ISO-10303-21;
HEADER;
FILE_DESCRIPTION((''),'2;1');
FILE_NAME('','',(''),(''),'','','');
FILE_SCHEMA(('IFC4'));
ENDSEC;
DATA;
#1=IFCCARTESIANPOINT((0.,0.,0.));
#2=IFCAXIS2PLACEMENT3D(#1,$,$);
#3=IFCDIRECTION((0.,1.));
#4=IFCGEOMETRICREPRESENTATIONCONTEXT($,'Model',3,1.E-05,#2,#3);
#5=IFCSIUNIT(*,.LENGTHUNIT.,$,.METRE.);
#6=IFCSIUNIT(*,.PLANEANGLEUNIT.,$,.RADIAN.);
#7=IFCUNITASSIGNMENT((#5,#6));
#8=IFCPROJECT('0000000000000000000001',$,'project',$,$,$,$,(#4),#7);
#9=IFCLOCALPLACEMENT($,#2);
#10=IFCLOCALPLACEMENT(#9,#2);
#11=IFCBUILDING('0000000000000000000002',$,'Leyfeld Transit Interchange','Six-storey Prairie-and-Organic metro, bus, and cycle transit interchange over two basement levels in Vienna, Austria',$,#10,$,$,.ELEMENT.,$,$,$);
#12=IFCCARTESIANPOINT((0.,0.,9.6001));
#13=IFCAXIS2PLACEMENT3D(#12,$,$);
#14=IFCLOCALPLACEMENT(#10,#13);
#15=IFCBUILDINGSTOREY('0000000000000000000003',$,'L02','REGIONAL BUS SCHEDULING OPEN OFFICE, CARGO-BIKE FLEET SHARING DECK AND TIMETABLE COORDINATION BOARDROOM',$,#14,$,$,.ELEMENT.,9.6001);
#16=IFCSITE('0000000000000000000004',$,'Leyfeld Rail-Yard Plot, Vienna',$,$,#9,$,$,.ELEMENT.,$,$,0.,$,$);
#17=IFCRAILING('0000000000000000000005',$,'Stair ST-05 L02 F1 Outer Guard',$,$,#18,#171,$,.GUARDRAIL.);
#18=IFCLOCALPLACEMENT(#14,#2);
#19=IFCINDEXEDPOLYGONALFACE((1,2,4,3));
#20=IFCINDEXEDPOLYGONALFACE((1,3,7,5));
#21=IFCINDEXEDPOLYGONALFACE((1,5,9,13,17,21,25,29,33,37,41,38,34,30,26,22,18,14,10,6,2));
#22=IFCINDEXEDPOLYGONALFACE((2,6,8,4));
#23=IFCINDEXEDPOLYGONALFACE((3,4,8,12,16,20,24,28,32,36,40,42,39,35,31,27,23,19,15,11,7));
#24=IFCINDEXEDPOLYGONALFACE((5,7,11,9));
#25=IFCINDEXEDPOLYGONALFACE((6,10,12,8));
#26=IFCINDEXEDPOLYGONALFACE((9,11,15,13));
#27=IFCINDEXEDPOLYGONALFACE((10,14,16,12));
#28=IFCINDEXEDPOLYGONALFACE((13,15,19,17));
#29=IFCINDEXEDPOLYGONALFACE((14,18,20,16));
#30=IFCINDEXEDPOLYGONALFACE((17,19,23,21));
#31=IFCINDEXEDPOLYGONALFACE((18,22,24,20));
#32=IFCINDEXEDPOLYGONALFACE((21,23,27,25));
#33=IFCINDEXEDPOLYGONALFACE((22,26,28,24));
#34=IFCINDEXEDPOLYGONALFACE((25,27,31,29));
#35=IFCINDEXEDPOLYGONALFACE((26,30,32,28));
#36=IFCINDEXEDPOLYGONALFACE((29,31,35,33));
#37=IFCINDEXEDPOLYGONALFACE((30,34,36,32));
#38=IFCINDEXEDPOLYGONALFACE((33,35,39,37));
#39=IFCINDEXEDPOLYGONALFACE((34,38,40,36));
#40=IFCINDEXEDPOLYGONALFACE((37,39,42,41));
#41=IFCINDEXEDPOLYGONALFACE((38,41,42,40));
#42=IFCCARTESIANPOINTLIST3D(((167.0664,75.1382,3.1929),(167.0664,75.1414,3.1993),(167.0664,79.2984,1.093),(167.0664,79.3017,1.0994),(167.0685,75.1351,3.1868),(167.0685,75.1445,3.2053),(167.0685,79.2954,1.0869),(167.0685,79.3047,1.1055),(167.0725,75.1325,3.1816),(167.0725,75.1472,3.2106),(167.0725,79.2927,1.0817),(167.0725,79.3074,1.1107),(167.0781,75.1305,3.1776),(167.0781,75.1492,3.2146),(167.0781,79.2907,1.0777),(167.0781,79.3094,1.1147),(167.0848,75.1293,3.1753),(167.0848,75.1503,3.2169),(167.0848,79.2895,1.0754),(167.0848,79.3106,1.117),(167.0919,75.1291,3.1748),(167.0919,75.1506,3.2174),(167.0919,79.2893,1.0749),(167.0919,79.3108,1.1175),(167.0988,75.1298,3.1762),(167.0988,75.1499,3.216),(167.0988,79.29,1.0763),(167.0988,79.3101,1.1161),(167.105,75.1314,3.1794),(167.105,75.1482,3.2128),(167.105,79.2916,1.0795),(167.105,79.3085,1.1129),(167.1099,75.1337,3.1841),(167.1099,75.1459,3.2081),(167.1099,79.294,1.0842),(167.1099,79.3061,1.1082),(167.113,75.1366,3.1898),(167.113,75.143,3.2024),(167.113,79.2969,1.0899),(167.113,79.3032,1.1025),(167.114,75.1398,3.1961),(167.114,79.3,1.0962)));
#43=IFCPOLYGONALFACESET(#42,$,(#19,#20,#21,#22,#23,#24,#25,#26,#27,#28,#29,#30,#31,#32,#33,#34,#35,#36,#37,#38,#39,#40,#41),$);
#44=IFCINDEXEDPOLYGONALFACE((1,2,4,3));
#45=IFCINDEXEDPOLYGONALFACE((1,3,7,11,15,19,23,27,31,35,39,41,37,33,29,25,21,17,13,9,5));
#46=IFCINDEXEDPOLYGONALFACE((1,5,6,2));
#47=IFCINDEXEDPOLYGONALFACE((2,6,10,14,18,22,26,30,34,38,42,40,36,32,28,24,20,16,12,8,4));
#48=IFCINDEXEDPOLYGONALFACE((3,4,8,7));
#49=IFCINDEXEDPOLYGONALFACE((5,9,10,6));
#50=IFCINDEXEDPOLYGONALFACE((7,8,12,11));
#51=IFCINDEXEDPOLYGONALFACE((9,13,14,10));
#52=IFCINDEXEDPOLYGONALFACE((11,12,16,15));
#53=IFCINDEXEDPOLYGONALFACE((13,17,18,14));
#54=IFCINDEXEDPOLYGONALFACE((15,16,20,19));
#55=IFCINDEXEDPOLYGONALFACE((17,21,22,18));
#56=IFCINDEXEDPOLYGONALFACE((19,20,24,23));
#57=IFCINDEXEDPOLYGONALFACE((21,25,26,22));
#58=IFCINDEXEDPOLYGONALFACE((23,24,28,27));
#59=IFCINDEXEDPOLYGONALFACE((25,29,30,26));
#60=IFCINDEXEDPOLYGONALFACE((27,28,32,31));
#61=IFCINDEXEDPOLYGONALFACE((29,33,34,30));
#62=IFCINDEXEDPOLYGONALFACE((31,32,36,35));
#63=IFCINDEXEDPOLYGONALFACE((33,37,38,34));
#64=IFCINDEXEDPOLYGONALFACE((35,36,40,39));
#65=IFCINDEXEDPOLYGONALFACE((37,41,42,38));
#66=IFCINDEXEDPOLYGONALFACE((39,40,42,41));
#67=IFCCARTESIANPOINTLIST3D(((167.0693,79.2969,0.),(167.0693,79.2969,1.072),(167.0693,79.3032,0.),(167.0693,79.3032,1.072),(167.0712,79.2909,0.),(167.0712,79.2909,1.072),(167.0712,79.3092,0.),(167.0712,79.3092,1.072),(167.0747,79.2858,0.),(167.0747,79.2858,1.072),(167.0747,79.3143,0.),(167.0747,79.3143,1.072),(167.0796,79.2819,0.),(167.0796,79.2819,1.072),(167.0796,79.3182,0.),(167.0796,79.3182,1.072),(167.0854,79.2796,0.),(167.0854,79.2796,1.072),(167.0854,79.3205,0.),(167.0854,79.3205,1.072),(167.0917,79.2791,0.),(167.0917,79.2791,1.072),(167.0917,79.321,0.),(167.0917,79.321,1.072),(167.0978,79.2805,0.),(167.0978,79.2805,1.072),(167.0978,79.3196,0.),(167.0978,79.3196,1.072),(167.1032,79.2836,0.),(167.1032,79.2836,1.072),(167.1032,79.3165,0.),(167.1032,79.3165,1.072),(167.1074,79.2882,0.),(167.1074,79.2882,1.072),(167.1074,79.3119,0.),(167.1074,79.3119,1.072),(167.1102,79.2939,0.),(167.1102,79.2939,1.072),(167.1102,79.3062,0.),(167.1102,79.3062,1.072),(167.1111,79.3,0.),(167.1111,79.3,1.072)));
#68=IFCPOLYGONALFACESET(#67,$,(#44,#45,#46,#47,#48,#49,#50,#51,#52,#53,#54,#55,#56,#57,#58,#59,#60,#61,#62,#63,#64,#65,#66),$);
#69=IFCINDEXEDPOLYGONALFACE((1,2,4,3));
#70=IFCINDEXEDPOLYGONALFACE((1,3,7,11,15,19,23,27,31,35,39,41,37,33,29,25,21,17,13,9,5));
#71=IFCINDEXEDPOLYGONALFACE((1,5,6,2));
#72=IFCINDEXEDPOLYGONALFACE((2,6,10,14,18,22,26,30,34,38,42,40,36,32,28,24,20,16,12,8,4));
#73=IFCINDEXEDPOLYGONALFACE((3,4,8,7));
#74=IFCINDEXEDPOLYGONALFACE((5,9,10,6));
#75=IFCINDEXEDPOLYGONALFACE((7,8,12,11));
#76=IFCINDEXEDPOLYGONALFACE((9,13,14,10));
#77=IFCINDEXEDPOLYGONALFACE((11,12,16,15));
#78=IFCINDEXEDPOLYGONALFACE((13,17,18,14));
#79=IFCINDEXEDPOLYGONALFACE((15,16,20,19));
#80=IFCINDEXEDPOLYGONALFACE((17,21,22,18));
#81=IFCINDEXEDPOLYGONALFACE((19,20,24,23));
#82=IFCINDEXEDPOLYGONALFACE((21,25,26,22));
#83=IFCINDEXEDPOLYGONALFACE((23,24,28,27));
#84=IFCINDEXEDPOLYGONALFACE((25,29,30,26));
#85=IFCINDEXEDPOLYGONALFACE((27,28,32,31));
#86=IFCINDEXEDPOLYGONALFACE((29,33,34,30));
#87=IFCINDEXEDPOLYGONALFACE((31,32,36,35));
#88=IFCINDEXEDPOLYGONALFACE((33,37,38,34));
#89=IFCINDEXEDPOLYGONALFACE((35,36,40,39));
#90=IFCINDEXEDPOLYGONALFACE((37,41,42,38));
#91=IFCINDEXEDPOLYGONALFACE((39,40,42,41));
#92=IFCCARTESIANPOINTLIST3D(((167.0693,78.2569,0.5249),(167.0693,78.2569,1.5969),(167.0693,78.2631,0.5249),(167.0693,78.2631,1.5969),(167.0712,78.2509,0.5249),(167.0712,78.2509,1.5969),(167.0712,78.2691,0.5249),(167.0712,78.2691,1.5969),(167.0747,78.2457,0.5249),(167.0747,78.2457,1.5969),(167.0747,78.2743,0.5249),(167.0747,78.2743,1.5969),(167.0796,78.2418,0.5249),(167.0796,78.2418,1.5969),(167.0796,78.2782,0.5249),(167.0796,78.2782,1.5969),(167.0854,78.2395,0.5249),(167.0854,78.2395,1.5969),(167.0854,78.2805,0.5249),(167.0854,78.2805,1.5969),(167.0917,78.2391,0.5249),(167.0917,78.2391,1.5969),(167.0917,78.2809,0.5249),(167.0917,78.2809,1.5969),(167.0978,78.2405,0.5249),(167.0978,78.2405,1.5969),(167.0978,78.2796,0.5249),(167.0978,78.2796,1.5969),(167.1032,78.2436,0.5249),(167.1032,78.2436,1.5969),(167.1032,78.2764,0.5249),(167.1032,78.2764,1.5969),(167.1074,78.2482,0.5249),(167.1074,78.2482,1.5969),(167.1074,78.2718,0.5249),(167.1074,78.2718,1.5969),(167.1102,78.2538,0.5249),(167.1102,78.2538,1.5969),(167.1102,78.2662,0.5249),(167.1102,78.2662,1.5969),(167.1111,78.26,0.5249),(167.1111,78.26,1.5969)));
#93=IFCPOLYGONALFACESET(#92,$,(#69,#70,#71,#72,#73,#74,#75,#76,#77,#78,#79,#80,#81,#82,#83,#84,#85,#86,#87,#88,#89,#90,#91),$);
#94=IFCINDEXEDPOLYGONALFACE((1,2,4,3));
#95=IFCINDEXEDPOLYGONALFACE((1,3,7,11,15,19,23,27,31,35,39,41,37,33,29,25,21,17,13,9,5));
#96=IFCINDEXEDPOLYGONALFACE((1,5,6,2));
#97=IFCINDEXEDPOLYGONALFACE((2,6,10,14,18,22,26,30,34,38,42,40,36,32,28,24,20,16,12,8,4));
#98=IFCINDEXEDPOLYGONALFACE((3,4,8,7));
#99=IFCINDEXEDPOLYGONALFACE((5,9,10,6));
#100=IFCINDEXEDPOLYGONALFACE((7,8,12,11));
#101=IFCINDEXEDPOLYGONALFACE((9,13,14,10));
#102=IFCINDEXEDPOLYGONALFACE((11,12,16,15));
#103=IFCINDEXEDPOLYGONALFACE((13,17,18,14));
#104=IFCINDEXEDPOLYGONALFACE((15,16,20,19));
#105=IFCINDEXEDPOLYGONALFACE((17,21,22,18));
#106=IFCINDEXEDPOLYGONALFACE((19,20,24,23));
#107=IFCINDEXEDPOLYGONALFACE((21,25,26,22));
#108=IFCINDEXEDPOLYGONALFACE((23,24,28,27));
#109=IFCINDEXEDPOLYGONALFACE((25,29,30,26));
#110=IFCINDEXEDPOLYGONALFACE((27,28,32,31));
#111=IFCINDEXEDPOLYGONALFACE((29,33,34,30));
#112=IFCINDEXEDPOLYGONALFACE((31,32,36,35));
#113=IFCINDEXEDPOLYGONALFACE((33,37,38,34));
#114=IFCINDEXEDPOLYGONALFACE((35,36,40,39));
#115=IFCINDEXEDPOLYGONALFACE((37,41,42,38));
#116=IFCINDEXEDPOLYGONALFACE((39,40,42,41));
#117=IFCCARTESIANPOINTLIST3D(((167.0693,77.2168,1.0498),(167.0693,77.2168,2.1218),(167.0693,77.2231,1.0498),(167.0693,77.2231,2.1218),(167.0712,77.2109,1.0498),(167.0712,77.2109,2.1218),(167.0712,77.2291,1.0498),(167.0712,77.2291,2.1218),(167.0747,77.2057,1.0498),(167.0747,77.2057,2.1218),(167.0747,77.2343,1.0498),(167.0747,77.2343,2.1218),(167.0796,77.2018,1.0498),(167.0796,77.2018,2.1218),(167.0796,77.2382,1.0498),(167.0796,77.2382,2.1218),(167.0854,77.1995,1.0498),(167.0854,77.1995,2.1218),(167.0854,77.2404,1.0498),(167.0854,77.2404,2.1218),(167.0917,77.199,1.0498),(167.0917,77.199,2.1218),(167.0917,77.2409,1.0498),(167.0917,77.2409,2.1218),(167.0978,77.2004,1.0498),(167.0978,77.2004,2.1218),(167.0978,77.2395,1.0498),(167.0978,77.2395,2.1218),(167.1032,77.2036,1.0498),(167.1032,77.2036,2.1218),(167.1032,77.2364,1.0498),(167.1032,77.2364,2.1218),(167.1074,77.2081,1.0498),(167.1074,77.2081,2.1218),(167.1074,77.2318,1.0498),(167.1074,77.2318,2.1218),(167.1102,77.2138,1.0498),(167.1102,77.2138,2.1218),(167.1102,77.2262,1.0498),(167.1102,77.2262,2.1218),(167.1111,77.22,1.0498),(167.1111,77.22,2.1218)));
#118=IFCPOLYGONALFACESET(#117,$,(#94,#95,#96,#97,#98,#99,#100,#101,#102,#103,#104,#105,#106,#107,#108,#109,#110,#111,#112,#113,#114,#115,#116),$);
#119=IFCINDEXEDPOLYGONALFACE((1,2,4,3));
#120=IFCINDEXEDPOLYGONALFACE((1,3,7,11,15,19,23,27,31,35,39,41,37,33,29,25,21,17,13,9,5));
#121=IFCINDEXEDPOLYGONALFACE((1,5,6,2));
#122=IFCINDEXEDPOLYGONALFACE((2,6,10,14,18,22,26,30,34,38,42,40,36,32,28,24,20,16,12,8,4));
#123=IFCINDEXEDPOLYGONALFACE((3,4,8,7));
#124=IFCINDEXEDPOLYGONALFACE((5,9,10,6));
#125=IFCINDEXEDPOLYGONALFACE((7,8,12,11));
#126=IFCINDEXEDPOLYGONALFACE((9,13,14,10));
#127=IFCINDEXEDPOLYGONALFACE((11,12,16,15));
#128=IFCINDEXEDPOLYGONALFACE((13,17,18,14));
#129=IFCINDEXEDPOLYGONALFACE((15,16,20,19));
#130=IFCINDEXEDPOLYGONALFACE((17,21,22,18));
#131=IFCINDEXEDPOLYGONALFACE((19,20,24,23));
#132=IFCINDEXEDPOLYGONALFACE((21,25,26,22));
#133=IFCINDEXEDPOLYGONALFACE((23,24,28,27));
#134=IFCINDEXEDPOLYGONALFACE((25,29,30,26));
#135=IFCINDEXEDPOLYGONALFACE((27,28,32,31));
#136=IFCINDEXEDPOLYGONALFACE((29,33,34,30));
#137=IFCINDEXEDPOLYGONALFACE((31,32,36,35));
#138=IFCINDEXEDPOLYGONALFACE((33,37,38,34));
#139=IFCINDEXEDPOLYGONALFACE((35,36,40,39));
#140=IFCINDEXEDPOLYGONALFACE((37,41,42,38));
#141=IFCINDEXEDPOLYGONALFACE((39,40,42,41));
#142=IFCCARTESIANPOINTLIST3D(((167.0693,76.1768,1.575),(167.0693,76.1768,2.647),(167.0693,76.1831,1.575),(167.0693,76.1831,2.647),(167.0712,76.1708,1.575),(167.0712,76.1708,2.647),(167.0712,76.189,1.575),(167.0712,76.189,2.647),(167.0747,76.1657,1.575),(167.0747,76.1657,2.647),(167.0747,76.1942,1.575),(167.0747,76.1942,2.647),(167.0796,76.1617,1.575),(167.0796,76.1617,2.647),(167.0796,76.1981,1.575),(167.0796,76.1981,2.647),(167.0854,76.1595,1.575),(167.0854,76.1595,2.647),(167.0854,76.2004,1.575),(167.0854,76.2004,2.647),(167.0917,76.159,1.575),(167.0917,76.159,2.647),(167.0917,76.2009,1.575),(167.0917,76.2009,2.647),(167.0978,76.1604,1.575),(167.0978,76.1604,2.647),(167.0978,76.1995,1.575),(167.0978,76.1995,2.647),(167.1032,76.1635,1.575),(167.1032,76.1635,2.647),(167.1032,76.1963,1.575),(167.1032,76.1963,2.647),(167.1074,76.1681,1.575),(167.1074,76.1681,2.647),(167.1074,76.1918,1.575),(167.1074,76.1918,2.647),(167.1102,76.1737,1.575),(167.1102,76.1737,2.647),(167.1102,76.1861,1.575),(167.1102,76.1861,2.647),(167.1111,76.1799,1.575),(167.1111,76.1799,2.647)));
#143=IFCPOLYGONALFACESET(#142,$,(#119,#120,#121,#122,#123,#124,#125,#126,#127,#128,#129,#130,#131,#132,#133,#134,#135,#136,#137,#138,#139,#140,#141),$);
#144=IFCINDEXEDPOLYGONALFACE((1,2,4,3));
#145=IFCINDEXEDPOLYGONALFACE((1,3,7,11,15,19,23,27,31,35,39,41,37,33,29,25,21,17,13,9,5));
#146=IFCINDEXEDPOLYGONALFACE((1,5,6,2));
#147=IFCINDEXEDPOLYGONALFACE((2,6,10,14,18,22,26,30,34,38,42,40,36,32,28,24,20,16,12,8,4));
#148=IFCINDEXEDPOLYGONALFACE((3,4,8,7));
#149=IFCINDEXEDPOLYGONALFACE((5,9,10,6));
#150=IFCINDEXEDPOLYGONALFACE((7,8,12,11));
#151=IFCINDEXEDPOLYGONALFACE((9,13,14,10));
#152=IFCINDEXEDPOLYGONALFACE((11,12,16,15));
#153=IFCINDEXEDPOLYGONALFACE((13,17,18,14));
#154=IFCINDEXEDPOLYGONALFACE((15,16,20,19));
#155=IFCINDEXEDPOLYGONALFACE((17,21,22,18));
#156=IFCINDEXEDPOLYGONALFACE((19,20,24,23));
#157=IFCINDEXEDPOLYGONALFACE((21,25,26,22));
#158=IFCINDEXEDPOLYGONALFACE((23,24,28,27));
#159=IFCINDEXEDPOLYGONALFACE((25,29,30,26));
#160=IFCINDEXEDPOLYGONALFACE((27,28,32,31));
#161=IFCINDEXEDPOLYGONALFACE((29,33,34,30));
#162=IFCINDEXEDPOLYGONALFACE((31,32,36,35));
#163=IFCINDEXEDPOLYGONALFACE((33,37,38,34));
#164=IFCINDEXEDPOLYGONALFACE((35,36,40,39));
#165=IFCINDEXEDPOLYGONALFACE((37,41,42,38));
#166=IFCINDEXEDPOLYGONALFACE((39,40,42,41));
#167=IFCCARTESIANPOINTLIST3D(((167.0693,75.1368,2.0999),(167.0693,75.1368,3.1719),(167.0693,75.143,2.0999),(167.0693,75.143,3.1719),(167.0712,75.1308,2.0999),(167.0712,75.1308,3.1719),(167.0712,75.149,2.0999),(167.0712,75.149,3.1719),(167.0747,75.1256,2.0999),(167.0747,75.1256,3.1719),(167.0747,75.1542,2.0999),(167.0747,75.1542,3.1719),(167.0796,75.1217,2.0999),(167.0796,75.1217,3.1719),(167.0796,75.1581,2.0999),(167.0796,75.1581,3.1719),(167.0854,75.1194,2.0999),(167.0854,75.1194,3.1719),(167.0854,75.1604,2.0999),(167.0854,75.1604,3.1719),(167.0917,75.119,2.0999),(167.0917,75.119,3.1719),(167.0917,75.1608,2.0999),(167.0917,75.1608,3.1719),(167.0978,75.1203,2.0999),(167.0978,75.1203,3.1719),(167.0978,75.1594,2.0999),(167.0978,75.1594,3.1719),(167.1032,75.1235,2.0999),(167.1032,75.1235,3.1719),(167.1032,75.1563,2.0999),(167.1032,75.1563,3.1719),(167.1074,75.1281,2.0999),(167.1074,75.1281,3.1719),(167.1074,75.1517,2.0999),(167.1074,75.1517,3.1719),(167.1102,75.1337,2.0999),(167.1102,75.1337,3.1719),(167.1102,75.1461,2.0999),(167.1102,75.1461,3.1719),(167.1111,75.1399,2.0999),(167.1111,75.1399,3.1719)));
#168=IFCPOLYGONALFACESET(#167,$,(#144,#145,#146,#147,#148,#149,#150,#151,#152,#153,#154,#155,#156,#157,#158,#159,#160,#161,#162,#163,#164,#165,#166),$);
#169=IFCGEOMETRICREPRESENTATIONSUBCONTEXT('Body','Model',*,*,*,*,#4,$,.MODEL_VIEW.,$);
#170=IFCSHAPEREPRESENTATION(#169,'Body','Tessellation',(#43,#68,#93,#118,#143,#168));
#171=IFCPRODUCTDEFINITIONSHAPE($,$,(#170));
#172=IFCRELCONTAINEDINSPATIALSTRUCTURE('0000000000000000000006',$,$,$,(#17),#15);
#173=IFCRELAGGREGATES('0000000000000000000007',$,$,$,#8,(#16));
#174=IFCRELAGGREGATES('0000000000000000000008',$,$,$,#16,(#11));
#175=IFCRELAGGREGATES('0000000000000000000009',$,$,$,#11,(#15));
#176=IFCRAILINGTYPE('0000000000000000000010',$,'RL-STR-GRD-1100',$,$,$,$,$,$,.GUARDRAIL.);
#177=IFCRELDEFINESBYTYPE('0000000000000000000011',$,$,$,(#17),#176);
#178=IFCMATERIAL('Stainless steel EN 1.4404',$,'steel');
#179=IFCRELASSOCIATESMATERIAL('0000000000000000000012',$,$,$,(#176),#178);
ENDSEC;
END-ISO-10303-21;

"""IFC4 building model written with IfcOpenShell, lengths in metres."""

from ifc_helpers import new_model, si_unit, direction, frame, origin, origin_2d, place, context, subcontext, project, spatial, circle, extrude, material, type_object, element, save


model = new_model("IFC4")

# Units and contexts
model_context = context("Model", 3, precision=1e-05, world=origin(), true_north=direction((0.0, 1.0)))
body_context = subcontext(model_context, "Body", "Model", "MODEL_VIEW")
ifc_project = project(units=[si_unit("LENGTHUNIT", "METRE"), si_unit("PLANEANGLEUNIT", "RADIAN")], contexts=[model_context])

# Site, building, storey
site_placement = place(None, origin())
site = spatial("IfcSite", under=ifc_project, at=site_placement, Name="Leyfeld Rail-Yard Plot, Vienna", CompositionType="ELEMENT", RefElevation=0.0)
building_placement = place(site_placement, origin())
building = spatial("IfcBuilding", under=site, at=building_placement, Name="Leyfeld Transit Interchange", Description="Six-storey Prairie-and-Organic metro, bus, and cycle transit interchange over two basement levels in Vienna, Austria", CompositionType="ELEMENT")
storey_placement = place(building_placement, frame((0.0, 0.0, 9.6001)))
storey = spatial("IfcBuildingStorey", under=building, at=storey_placement, Name="L02", Description="REGIONAL BUS SCHEDULING OPEN OFFICE, CARGO-BIKE FLEET SHARING DECK AND TIMETABLE COORDINATION BOARDROOM", CompositionType="ELEMENT", Elevation=9.6001)

# Railing
ifc_material_1 = material(Name="Stainless steel EN 1.4404", Category="steel")
railing_type_1 = type_object("IfcRailingType", Name="RL-STR-GRD-1100", PredefinedType="GUARDRAIL", material=ifc_material_1)
for number, where, name in (
    (1, (167.0901, 79.3, 0.0), "Stair ST-05 L02 F1 Outer Guard"),
):
    element("IfcRailing", number, at=place(storey_placement, frame(where)), inside=storey, type_object=railing_type_1, Name=name, PredefinedType="GUARDRAIL", context=body_context, shape_type="SweptSolid", body=[
        extrude(circle(Radius=0.0239, at=origin_2d()), frame((0.0, 0.0, 1.0962), z_axis=(0.0, -0.892723, 0.450605), x_axis=(1.0, 0.0, 0.0)), (0.0, 0.0, 1.0), 4.6602),
        extrude(circle(Radius=0.021, at=origin_2d()), origin(), (0.0, 0.0, 1.0), 1.072),
        extrude(circle(Radius=0.021, at=origin_2d()), frame((0.0, -1.04, 0.5249)), (0.0, 0.0, 1.0), 1.072),
        extrude(circle(Radius=0.021, at=origin_2d()), frame((0.0, -2.0801, 1.0498)), (0.0, 0.0, 1.0), 1.072),
        extrude(circle(Radius=0.021, at=origin_2d()), frame((0.0, -3.1201, 1.575)), (0.0, 0.0, 1.0), 1.072),
        extrude(circle(Radius=0.021, at=origin_2d()), frame((0.0, -4.1602, 2.0999)), (0.0, 0.0, 1.0), 1.072),
    ])

save(model, "model.ifc")
